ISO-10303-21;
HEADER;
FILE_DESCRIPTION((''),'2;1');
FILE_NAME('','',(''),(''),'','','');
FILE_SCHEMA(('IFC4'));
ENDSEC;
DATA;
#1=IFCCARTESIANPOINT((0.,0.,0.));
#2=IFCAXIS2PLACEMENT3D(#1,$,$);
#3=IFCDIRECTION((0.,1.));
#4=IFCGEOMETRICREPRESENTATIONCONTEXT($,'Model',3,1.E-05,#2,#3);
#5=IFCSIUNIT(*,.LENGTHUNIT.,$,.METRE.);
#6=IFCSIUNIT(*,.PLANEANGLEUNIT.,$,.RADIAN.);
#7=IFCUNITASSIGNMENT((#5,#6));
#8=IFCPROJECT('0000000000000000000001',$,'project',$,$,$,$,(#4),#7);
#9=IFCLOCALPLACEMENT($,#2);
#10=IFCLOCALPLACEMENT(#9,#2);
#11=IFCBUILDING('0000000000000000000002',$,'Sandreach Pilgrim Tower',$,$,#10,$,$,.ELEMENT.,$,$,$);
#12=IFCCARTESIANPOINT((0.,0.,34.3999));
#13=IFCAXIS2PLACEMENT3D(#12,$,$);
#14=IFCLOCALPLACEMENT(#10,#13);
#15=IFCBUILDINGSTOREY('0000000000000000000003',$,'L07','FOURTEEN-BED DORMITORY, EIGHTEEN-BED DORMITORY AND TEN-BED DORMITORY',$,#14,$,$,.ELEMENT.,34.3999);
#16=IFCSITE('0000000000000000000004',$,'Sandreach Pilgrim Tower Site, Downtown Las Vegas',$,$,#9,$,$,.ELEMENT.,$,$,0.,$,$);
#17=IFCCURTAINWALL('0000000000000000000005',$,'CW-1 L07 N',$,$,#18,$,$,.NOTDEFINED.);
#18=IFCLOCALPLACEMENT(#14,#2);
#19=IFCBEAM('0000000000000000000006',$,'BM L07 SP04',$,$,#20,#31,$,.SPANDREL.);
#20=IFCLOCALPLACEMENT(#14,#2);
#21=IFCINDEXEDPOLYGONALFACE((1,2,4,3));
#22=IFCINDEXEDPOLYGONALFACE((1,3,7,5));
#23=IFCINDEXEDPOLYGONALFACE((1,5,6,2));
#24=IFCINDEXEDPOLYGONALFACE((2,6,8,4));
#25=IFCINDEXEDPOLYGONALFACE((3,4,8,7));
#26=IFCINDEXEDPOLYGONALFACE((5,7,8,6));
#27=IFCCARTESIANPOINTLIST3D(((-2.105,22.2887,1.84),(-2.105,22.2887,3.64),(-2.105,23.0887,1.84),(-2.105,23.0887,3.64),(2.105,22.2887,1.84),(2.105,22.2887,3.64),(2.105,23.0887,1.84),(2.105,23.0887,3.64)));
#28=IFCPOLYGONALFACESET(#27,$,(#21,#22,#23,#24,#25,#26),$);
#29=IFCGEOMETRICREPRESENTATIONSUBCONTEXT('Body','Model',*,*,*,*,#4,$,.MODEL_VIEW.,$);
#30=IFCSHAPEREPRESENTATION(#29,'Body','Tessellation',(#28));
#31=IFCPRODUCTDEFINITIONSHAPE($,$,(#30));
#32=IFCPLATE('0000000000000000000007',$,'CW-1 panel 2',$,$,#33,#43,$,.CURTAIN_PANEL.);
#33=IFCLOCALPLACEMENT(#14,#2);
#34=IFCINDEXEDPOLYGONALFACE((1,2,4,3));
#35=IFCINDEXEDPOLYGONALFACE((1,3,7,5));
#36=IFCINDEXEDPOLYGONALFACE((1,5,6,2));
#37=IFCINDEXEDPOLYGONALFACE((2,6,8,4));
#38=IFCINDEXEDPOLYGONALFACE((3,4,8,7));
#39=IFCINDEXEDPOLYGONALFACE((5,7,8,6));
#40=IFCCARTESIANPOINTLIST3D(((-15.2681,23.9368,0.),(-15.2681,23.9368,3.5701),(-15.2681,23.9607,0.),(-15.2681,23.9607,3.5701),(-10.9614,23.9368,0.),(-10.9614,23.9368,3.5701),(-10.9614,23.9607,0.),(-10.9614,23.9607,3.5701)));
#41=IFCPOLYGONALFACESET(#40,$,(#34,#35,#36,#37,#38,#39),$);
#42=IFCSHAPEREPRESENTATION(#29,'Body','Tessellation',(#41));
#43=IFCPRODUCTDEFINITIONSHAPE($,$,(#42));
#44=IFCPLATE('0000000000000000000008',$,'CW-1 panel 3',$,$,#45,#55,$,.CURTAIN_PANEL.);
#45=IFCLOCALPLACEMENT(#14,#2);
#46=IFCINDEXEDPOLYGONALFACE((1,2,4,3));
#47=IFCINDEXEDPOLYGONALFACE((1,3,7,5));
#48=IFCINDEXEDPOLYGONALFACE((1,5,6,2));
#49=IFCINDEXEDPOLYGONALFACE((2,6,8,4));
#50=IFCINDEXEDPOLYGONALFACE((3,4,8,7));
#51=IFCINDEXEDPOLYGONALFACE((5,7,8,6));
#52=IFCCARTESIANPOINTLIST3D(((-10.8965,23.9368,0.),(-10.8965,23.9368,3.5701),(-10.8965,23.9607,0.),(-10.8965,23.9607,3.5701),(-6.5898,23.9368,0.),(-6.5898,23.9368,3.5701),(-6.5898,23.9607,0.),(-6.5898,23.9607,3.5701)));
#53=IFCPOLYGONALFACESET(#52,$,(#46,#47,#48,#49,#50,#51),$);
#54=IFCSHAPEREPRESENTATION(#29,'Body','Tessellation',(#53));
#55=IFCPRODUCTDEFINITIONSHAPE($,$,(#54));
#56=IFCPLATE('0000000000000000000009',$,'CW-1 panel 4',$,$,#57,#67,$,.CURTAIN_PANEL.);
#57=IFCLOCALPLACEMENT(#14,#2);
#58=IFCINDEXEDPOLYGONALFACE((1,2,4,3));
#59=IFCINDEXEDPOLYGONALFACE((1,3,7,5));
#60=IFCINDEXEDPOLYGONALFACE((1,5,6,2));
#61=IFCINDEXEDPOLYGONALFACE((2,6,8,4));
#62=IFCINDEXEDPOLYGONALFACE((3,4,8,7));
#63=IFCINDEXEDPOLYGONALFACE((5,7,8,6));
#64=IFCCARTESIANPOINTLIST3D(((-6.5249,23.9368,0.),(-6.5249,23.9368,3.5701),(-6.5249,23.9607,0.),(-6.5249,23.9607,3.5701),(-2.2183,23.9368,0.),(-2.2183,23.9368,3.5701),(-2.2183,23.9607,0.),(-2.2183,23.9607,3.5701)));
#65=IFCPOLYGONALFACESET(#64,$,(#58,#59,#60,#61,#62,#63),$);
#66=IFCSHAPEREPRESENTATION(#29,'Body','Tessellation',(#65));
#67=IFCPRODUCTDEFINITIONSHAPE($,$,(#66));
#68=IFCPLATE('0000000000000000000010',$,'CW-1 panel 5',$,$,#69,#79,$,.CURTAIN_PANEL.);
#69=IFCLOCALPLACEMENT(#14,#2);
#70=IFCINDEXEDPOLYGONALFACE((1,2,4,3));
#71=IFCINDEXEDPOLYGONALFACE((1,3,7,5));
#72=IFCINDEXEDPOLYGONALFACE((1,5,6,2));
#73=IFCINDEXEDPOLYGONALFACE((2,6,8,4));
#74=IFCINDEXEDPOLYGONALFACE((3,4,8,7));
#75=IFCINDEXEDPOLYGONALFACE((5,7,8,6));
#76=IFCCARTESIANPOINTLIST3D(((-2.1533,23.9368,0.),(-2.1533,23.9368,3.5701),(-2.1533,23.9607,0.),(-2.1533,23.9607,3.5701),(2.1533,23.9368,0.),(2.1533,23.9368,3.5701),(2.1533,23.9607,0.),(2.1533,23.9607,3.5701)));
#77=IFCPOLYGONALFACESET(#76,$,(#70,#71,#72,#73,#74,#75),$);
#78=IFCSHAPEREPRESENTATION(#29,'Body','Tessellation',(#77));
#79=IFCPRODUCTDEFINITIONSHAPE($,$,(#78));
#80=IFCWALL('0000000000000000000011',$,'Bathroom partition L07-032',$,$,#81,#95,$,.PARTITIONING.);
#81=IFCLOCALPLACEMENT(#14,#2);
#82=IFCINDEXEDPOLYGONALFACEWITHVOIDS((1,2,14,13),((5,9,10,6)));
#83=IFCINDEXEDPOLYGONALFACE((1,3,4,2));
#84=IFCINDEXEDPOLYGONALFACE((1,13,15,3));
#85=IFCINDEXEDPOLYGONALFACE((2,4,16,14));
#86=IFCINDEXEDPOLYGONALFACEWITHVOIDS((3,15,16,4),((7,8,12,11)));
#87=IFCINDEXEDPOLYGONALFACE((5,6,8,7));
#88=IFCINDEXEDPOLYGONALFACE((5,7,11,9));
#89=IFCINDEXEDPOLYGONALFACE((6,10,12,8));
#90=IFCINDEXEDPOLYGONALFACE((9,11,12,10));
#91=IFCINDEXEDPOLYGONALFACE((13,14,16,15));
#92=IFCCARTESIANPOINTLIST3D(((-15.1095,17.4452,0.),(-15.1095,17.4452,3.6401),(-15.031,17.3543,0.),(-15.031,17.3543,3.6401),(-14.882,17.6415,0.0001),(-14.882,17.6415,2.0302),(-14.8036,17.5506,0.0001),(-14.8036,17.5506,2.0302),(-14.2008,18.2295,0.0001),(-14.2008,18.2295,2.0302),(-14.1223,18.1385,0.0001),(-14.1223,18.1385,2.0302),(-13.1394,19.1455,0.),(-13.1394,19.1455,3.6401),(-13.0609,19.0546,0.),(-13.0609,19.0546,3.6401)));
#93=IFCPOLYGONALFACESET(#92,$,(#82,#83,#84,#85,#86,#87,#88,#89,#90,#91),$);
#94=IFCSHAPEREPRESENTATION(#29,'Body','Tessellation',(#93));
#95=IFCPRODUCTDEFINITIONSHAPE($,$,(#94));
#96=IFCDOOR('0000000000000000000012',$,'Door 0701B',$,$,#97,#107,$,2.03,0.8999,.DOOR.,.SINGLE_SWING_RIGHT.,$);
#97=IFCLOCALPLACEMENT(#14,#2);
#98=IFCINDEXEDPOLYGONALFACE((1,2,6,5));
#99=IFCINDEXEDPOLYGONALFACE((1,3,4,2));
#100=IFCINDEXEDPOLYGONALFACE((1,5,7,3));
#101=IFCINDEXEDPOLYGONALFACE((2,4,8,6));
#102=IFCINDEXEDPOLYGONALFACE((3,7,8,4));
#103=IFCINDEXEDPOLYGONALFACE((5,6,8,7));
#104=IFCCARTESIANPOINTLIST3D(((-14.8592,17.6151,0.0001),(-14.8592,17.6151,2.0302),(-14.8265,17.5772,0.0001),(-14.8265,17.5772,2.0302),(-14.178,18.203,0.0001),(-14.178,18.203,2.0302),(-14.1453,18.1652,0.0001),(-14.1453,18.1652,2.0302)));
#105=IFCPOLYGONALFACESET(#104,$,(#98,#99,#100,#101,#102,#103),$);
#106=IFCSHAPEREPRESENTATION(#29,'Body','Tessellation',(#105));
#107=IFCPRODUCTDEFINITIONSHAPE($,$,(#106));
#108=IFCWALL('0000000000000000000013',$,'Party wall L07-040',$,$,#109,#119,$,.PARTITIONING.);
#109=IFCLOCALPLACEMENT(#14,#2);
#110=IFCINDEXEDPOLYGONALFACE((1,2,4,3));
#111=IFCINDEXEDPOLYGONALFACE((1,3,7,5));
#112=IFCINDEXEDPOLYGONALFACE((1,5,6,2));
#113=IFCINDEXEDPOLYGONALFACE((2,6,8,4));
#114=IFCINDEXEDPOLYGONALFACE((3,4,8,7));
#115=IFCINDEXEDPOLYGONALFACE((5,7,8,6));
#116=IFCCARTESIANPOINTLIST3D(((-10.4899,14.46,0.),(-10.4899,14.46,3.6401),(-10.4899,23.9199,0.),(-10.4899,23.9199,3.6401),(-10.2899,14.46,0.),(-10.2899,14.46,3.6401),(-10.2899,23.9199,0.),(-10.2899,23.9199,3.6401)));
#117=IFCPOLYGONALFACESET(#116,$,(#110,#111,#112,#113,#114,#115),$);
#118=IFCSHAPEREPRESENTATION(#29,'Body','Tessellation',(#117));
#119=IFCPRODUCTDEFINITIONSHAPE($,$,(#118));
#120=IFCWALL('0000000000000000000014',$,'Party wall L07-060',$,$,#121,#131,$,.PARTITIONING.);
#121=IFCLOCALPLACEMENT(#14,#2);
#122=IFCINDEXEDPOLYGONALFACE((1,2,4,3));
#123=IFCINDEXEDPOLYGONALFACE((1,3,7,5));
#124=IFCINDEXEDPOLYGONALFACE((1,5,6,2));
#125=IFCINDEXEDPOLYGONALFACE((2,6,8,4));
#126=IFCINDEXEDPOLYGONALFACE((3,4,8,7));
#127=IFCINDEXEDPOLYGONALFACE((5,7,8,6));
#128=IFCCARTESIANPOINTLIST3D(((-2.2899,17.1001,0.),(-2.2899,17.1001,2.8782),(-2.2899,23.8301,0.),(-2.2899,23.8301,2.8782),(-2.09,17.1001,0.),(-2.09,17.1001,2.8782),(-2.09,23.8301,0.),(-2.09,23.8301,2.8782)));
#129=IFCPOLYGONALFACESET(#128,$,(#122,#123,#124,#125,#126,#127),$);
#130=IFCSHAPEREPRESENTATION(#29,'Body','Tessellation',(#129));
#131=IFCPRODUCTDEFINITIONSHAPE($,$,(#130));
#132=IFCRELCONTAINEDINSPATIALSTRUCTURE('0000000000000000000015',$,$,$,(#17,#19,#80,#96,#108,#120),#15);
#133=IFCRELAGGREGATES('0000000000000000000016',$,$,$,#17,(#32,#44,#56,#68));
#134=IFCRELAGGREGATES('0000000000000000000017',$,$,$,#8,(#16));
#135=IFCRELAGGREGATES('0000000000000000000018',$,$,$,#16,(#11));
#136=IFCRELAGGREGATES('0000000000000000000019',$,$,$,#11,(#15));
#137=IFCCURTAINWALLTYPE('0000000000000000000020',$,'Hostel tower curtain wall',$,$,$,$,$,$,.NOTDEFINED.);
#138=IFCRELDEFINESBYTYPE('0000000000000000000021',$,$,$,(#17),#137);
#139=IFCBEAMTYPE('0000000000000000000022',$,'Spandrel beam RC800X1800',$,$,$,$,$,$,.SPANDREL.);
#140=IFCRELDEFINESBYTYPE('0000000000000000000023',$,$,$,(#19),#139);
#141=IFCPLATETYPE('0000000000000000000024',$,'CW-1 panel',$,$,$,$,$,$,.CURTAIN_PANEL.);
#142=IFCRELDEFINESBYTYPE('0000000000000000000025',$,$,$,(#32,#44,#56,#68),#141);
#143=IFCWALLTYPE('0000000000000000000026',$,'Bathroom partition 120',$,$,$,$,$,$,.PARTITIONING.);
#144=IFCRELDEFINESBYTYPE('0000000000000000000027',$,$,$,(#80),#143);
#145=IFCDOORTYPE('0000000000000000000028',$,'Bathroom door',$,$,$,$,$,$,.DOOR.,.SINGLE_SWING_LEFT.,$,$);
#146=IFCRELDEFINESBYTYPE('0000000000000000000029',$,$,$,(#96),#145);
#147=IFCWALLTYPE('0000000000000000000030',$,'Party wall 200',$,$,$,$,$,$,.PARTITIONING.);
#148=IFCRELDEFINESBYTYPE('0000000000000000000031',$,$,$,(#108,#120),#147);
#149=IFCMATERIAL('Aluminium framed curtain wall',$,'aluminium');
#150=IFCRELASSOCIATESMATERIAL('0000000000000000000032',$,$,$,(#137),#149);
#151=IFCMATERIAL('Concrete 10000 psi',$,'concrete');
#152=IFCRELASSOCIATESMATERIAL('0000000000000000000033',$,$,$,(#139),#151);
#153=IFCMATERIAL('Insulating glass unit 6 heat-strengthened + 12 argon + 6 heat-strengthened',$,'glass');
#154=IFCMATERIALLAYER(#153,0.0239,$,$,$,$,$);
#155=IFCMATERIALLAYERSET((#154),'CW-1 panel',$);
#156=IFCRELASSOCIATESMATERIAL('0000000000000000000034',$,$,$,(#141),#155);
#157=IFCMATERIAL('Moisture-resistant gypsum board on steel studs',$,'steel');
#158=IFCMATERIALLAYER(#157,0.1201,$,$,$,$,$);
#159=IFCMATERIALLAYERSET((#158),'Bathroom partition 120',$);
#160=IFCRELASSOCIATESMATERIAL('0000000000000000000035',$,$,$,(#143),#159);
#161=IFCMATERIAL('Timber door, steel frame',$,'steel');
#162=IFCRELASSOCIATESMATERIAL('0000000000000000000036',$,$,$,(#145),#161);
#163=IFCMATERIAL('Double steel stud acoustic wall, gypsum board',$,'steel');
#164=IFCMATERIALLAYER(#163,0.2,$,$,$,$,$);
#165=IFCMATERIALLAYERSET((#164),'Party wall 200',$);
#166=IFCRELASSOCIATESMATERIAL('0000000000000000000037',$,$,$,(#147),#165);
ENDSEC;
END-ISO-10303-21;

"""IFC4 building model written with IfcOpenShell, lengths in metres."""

from ifc_helpers import new_model, si_unit, direction, frame, frame_2d, origin, origin_2d, place, context, subcontext, project, spatial, rectangle, extrude, material, layer, layer_set, material_profile, profile_set, type_object, element, fill, aggregate, save


model = new_model("IFC4")

# Units and contexts
model_context = context("Model", 3, precision=1e-05, world=origin(), true_north=direction((0.0, 1.0)))
body_context = subcontext(model_context, "Body", "Model", "MODEL_VIEW")
ifc_project = project(units=[si_unit("LENGTHUNIT", "METRE"), si_unit("PLANEANGLEUNIT", "RADIAN")], contexts=[model_context])

# Site, building, storey
site_placement = place(None, origin())
site = spatial("IfcSite", under=ifc_project, at=site_placement, Name="Sandreach Pilgrim Tower Site, Downtown Las Vegas", CompositionType="ELEMENT", RefElevation=0.0)
building_placement = place(site_placement, origin())
building = spatial("IfcBuilding", under=site, at=building_placement, Name="Sandreach Pilgrim Tower", CompositionType="ELEMENT")
storey_placement = place(building_placement, frame((0.0, 0.0, 34.3999)))
storey = spatial("IfcBuildingStorey", under=building, at=storey_placement, Name="L07", Description="FOURTEEN-BED DORMITORY, EIGHTEEN-BED DORMITORY AND TEN-BED DORMITORY", CompositionType="ELEMENT", Elevation=34.3999)

# Curtain wall
ifc_material_1 = material(Name="Aluminium framed curtain wall", Category="aluminium")
curtain_wall_type = type_object("IfcCurtainWallType", Name="Hostel tower curtain wall", PredefinedType="NOTDEFINED", material=ifc_material_1)
curtain_wall_placement = place(storey_placement, origin())
curtain_wall = element("IfcCurtainWall", 1, at=curtain_wall_placement, inside=storey, type_object=curtain_wall_type, Name="CW-1 L07 N", PredefinedType="NOTDEFINED")

# Beam
ifc_material_2 = material(Name="Concrete 10000 psi", Category="concrete")
ifc_material_profile_1 = material_profile(ifc_material_2, rectangle(XDim=0.8, YDim=1.8, at=origin_2d()), Name="RC800X1800")
ifc_profile_set_1 = profile_set([ifc_material_profile_1], Name="Concrete 10000 psi")
beam_type_1 = type_object("IfcBeamType", Name="Spandrel beam RC800X1800", PredefinedType="SPANDREL", material=ifc_profile_set_1)
for number, where, z_axis, x_axis, name in (
    (2, (-2.105, 22.6887, 2.74), (1.0, 0.0, 0.0), (0.0, 1.0, 0.0), "BM L07 SP04"),
):
    element("IfcBeam", number, at=place(storey_placement, frame(where, z_axis=z_axis, x_axis=x_axis)), inside=storey, type_object=beam_type_1, Name=name, PredefinedType="SPANDREL", context=body_context, shape_type="SweptSolid", body=[
        extrude(rectangle(XDim=0.8, YDim=1.8, at=origin_2d()), origin(), (0.0, 0.0, 1.0), 4.21),
    ])

# Plates
ifc_material_3 = material(Name="Insulating glass unit 6 heat-strengthened + 12 argon + 6 heat-strengthened", Category="glass")
ifc_layer_1 = layer(ifc_material_3, 0.0239)
ifc_layer_set_1 = layer_set([ifc_layer_1], Name="CW-1 panel")
plate_type = type_object("IfcPlateType", Name="CW-1 panel", PredefinedType="CURTAIN_PANEL", material=ifc_layer_set_1)
plate_1_placement = place(storey_placement, frame((-13.1147, 23.9487, 0.0), z_axis=(0.0, 0.0, 1.0), x_axis=(1.0, 0.0, 0.0)))
plate_1 = element("IfcPlate", 3, at=plate_1_placement, type_object=plate_type, Name="CW-1 panel 2", PredefinedType="CURTAIN_PANEL", context=body_context, shape_type="SweptSolid", body=[
    extrude(rectangle(XDim=4.3066, YDim=0.0239, at=origin_2d()), origin(), (0.0, 0.0, 1.0), 3.5701),
])
plate_2_placement = place(storey_placement, frame((-8.7432, 23.9487, 0.0), z_axis=(0.0, 0.0, 1.0), x_axis=(1.0, 0.0, 0.0)))
plate_2 = element("IfcPlate", 4, at=plate_2_placement, type_object=plate_type, Name="CW-1 panel 3", PredefinedType="CURTAIN_PANEL", context=body_context, shape_type="SweptSolid", body=[
    extrude(rectangle(XDim=4.3066, YDim=0.0239, at=origin_2d()), origin(), (0.0, 0.0, 1.0), 3.5701),
])
plate_3_placement = place(storey_placement, frame((-4.3716, 23.9487, 0.0), z_axis=(0.0, 0.0, 1.0), x_axis=(1.0, 0.0, 0.0)))
plate_3 = element("IfcPlate", 5, at=plate_3_placement, type_object=plate_type, Name="CW-1 panel 4", PredefinedType="CURTAIN_PANEL", context=body_context, shape_type="SweptSolid", body=[
    extrude(rectangle(XDim=4.3066, YDim=0.0239, at=origin_2d()), origin(), (0.0, 0.0, 1.0), 3.5701),
])
plate_4_placement = place(storey_placement, frame((0.0, 23.9487, 0.0), z_axis=(0.0, 0.0, 1.0), x_axis=(1.0, 0.0, 0.0)))
plate_4 = element("IfcPlate", 6, at=plate_4_placement, type_object=plate_type, Name="CW-1 panel 5", PredefinedType="CURTAIN_PANEL", context=body_context, shape_type="SweptSolid", body=[
    extrude(rectangle(XDim=4.3066, YDim=0.0239, at=origin_2d()), origin(), (0.0, 0.0, 1.0), 3.5701),
])
aggregate(curtain_wall, [plate_1, plate_2, plate_3, plate_4])

# Wall, opening, door
ifc_material_4 = material(Name="Moisture-resistant gypsum board on steel studs", Category="steel")
ifc_layer_2 = layer(ifc_material_4, 0.1201)
ifc_layer_set_2 = layer_set([ifc_layer_2], Name="Bathroom partition 120")
wall_type_1 = type_object("IfcWallType", Name="Bathroom partition 120", PredefinedType="PARTITIONING", material=ifc_layer_set_2)
wall_1_placement = place(storey_placement, frame((-13.1001, 19.1001, 0.0), z_axis=(0.0, 0.0, 1.0), x_axis=(-0.75704, -0.653368, 0.0)))
wall_1 = element("IfcWall", 7, at=wall_1_placement, inside=storey, type_object=wall_type_1, Name="Bathroom partition L07-032", PredefinedType="PARTITIONING", context=body_context, shape_type="SweptSolid", body=[
    extrude(rectangle(XDim=2.6023, YDim=0.1201, at=frame_2d((1.3013, 0.0))), origin(), (0.0, 0.0, 1.0), 3.6401),
])
opening_placement = place(wall_1_placement, frame((1.4021, 0.0, 0.0)))
opening = element("IfcOpeningElement", 8, at=opening_placement, cuts=wall_1, PredefinedType="OPENING", context=body_context, shape_type="SweptSolid", body=[
    extrude(rectangle(XDim=0.8999, YDim=2.03, at=frame_2d((0.45, 1.0151))), frame((0.0, 0.0601, 0.0), z_axis=(0.0, -1.0, 0.0), x_axis=(1.0, 0.0, 0.0)), (0.0, 0.0, 1.0), 0.1201),
])
ifc_material_5 = material(Name="Timber door, steel frame", Category="steel")
door_type = type_object("IfcDoorType", Name="Bathroom door", OperationType="SINGLE_SWING_LEFT", PredefinedType="DOOR", material=ifc_material_5)
door_placement = place(opening_placement, origin())
door = element("IfcDoor", 9, at=door_placement, inside=storey, type_object=door_type, Name="Door 0701B", OperationType="SINGLE_SWING_RIGHT", OverallHeight=2.03, OverallWidth=0.8999, PredefinedType="DOOR", context=body_context, shape_type="SweptSolid", body=[
    extrude(rectangle(XDim=0.8999, YDim=2.03, at=frame_2d((0.45, 1.0151))), frame((0.0, 0.0249, 0.0), z_axis=(0.0, -1.0, 0.0), x_axis=(1.0, 0.0, 0.0)), (0.0, 0.0, 1.0), 0.05),
])
fill(opening, door)

# Walls
ifc_material_6 = material(Name="Double steel stud acoustic wall, gypsum board", Category="steel")
ifc_layer_3 = layer(ifc_material_6, 0.2)
ifc_layer_set_3 = layer_set([ifc_layer_3], Name="Party wall 200")
wall_type_2 = type_object("IfcWallType", Name="Party wall 200", PredefinedType="PARTITIONING", material=ifc_layer_set_3)
wall_2_placement = place(storey_placement, frame((-10.3899, 23.9199, 0.0), z_axis=(0.0, 0.0, 1.0), x_axis=(0.0, -1.0, 0.0)))
element("IfcWall", 10, at=wall_2_placement, inside=storey, type_object=wall_type_2, Name="Party wall L07-040", PredefinedType="PARTITIONING", context=body_context, shape_type="SweptSolid", body=[
    extrude(rectangle(XDim=9.46, YDim=0.2, at=frame_2d((4.73, 0.0))), origin(), (0.0, 0.0, 1.0), 3.6401),
])
wall_3_placement = place(storey_placement, frame((-2.1899, 23.8301, 0.0), z_axis=(0.0, 0.0, 1.0), x_axis=(0.0, -1.0, 0.0)))
element("IfcWall", 11, at=wall_3_placement, inside=storey, type_object=wall_type_2, Name="Party wall L07-060", PredefinedType="PARTITIONING", context=body_context, shape_type="SweptSolid", body=[
    extrude(rectangle(XDim=6.73, YDim=0.2, at=frame_2d((3.365, 0.0))), origin(), (0.0, 0.0, 1.0), 2.8782),
])

save(model, "model.ifc")
